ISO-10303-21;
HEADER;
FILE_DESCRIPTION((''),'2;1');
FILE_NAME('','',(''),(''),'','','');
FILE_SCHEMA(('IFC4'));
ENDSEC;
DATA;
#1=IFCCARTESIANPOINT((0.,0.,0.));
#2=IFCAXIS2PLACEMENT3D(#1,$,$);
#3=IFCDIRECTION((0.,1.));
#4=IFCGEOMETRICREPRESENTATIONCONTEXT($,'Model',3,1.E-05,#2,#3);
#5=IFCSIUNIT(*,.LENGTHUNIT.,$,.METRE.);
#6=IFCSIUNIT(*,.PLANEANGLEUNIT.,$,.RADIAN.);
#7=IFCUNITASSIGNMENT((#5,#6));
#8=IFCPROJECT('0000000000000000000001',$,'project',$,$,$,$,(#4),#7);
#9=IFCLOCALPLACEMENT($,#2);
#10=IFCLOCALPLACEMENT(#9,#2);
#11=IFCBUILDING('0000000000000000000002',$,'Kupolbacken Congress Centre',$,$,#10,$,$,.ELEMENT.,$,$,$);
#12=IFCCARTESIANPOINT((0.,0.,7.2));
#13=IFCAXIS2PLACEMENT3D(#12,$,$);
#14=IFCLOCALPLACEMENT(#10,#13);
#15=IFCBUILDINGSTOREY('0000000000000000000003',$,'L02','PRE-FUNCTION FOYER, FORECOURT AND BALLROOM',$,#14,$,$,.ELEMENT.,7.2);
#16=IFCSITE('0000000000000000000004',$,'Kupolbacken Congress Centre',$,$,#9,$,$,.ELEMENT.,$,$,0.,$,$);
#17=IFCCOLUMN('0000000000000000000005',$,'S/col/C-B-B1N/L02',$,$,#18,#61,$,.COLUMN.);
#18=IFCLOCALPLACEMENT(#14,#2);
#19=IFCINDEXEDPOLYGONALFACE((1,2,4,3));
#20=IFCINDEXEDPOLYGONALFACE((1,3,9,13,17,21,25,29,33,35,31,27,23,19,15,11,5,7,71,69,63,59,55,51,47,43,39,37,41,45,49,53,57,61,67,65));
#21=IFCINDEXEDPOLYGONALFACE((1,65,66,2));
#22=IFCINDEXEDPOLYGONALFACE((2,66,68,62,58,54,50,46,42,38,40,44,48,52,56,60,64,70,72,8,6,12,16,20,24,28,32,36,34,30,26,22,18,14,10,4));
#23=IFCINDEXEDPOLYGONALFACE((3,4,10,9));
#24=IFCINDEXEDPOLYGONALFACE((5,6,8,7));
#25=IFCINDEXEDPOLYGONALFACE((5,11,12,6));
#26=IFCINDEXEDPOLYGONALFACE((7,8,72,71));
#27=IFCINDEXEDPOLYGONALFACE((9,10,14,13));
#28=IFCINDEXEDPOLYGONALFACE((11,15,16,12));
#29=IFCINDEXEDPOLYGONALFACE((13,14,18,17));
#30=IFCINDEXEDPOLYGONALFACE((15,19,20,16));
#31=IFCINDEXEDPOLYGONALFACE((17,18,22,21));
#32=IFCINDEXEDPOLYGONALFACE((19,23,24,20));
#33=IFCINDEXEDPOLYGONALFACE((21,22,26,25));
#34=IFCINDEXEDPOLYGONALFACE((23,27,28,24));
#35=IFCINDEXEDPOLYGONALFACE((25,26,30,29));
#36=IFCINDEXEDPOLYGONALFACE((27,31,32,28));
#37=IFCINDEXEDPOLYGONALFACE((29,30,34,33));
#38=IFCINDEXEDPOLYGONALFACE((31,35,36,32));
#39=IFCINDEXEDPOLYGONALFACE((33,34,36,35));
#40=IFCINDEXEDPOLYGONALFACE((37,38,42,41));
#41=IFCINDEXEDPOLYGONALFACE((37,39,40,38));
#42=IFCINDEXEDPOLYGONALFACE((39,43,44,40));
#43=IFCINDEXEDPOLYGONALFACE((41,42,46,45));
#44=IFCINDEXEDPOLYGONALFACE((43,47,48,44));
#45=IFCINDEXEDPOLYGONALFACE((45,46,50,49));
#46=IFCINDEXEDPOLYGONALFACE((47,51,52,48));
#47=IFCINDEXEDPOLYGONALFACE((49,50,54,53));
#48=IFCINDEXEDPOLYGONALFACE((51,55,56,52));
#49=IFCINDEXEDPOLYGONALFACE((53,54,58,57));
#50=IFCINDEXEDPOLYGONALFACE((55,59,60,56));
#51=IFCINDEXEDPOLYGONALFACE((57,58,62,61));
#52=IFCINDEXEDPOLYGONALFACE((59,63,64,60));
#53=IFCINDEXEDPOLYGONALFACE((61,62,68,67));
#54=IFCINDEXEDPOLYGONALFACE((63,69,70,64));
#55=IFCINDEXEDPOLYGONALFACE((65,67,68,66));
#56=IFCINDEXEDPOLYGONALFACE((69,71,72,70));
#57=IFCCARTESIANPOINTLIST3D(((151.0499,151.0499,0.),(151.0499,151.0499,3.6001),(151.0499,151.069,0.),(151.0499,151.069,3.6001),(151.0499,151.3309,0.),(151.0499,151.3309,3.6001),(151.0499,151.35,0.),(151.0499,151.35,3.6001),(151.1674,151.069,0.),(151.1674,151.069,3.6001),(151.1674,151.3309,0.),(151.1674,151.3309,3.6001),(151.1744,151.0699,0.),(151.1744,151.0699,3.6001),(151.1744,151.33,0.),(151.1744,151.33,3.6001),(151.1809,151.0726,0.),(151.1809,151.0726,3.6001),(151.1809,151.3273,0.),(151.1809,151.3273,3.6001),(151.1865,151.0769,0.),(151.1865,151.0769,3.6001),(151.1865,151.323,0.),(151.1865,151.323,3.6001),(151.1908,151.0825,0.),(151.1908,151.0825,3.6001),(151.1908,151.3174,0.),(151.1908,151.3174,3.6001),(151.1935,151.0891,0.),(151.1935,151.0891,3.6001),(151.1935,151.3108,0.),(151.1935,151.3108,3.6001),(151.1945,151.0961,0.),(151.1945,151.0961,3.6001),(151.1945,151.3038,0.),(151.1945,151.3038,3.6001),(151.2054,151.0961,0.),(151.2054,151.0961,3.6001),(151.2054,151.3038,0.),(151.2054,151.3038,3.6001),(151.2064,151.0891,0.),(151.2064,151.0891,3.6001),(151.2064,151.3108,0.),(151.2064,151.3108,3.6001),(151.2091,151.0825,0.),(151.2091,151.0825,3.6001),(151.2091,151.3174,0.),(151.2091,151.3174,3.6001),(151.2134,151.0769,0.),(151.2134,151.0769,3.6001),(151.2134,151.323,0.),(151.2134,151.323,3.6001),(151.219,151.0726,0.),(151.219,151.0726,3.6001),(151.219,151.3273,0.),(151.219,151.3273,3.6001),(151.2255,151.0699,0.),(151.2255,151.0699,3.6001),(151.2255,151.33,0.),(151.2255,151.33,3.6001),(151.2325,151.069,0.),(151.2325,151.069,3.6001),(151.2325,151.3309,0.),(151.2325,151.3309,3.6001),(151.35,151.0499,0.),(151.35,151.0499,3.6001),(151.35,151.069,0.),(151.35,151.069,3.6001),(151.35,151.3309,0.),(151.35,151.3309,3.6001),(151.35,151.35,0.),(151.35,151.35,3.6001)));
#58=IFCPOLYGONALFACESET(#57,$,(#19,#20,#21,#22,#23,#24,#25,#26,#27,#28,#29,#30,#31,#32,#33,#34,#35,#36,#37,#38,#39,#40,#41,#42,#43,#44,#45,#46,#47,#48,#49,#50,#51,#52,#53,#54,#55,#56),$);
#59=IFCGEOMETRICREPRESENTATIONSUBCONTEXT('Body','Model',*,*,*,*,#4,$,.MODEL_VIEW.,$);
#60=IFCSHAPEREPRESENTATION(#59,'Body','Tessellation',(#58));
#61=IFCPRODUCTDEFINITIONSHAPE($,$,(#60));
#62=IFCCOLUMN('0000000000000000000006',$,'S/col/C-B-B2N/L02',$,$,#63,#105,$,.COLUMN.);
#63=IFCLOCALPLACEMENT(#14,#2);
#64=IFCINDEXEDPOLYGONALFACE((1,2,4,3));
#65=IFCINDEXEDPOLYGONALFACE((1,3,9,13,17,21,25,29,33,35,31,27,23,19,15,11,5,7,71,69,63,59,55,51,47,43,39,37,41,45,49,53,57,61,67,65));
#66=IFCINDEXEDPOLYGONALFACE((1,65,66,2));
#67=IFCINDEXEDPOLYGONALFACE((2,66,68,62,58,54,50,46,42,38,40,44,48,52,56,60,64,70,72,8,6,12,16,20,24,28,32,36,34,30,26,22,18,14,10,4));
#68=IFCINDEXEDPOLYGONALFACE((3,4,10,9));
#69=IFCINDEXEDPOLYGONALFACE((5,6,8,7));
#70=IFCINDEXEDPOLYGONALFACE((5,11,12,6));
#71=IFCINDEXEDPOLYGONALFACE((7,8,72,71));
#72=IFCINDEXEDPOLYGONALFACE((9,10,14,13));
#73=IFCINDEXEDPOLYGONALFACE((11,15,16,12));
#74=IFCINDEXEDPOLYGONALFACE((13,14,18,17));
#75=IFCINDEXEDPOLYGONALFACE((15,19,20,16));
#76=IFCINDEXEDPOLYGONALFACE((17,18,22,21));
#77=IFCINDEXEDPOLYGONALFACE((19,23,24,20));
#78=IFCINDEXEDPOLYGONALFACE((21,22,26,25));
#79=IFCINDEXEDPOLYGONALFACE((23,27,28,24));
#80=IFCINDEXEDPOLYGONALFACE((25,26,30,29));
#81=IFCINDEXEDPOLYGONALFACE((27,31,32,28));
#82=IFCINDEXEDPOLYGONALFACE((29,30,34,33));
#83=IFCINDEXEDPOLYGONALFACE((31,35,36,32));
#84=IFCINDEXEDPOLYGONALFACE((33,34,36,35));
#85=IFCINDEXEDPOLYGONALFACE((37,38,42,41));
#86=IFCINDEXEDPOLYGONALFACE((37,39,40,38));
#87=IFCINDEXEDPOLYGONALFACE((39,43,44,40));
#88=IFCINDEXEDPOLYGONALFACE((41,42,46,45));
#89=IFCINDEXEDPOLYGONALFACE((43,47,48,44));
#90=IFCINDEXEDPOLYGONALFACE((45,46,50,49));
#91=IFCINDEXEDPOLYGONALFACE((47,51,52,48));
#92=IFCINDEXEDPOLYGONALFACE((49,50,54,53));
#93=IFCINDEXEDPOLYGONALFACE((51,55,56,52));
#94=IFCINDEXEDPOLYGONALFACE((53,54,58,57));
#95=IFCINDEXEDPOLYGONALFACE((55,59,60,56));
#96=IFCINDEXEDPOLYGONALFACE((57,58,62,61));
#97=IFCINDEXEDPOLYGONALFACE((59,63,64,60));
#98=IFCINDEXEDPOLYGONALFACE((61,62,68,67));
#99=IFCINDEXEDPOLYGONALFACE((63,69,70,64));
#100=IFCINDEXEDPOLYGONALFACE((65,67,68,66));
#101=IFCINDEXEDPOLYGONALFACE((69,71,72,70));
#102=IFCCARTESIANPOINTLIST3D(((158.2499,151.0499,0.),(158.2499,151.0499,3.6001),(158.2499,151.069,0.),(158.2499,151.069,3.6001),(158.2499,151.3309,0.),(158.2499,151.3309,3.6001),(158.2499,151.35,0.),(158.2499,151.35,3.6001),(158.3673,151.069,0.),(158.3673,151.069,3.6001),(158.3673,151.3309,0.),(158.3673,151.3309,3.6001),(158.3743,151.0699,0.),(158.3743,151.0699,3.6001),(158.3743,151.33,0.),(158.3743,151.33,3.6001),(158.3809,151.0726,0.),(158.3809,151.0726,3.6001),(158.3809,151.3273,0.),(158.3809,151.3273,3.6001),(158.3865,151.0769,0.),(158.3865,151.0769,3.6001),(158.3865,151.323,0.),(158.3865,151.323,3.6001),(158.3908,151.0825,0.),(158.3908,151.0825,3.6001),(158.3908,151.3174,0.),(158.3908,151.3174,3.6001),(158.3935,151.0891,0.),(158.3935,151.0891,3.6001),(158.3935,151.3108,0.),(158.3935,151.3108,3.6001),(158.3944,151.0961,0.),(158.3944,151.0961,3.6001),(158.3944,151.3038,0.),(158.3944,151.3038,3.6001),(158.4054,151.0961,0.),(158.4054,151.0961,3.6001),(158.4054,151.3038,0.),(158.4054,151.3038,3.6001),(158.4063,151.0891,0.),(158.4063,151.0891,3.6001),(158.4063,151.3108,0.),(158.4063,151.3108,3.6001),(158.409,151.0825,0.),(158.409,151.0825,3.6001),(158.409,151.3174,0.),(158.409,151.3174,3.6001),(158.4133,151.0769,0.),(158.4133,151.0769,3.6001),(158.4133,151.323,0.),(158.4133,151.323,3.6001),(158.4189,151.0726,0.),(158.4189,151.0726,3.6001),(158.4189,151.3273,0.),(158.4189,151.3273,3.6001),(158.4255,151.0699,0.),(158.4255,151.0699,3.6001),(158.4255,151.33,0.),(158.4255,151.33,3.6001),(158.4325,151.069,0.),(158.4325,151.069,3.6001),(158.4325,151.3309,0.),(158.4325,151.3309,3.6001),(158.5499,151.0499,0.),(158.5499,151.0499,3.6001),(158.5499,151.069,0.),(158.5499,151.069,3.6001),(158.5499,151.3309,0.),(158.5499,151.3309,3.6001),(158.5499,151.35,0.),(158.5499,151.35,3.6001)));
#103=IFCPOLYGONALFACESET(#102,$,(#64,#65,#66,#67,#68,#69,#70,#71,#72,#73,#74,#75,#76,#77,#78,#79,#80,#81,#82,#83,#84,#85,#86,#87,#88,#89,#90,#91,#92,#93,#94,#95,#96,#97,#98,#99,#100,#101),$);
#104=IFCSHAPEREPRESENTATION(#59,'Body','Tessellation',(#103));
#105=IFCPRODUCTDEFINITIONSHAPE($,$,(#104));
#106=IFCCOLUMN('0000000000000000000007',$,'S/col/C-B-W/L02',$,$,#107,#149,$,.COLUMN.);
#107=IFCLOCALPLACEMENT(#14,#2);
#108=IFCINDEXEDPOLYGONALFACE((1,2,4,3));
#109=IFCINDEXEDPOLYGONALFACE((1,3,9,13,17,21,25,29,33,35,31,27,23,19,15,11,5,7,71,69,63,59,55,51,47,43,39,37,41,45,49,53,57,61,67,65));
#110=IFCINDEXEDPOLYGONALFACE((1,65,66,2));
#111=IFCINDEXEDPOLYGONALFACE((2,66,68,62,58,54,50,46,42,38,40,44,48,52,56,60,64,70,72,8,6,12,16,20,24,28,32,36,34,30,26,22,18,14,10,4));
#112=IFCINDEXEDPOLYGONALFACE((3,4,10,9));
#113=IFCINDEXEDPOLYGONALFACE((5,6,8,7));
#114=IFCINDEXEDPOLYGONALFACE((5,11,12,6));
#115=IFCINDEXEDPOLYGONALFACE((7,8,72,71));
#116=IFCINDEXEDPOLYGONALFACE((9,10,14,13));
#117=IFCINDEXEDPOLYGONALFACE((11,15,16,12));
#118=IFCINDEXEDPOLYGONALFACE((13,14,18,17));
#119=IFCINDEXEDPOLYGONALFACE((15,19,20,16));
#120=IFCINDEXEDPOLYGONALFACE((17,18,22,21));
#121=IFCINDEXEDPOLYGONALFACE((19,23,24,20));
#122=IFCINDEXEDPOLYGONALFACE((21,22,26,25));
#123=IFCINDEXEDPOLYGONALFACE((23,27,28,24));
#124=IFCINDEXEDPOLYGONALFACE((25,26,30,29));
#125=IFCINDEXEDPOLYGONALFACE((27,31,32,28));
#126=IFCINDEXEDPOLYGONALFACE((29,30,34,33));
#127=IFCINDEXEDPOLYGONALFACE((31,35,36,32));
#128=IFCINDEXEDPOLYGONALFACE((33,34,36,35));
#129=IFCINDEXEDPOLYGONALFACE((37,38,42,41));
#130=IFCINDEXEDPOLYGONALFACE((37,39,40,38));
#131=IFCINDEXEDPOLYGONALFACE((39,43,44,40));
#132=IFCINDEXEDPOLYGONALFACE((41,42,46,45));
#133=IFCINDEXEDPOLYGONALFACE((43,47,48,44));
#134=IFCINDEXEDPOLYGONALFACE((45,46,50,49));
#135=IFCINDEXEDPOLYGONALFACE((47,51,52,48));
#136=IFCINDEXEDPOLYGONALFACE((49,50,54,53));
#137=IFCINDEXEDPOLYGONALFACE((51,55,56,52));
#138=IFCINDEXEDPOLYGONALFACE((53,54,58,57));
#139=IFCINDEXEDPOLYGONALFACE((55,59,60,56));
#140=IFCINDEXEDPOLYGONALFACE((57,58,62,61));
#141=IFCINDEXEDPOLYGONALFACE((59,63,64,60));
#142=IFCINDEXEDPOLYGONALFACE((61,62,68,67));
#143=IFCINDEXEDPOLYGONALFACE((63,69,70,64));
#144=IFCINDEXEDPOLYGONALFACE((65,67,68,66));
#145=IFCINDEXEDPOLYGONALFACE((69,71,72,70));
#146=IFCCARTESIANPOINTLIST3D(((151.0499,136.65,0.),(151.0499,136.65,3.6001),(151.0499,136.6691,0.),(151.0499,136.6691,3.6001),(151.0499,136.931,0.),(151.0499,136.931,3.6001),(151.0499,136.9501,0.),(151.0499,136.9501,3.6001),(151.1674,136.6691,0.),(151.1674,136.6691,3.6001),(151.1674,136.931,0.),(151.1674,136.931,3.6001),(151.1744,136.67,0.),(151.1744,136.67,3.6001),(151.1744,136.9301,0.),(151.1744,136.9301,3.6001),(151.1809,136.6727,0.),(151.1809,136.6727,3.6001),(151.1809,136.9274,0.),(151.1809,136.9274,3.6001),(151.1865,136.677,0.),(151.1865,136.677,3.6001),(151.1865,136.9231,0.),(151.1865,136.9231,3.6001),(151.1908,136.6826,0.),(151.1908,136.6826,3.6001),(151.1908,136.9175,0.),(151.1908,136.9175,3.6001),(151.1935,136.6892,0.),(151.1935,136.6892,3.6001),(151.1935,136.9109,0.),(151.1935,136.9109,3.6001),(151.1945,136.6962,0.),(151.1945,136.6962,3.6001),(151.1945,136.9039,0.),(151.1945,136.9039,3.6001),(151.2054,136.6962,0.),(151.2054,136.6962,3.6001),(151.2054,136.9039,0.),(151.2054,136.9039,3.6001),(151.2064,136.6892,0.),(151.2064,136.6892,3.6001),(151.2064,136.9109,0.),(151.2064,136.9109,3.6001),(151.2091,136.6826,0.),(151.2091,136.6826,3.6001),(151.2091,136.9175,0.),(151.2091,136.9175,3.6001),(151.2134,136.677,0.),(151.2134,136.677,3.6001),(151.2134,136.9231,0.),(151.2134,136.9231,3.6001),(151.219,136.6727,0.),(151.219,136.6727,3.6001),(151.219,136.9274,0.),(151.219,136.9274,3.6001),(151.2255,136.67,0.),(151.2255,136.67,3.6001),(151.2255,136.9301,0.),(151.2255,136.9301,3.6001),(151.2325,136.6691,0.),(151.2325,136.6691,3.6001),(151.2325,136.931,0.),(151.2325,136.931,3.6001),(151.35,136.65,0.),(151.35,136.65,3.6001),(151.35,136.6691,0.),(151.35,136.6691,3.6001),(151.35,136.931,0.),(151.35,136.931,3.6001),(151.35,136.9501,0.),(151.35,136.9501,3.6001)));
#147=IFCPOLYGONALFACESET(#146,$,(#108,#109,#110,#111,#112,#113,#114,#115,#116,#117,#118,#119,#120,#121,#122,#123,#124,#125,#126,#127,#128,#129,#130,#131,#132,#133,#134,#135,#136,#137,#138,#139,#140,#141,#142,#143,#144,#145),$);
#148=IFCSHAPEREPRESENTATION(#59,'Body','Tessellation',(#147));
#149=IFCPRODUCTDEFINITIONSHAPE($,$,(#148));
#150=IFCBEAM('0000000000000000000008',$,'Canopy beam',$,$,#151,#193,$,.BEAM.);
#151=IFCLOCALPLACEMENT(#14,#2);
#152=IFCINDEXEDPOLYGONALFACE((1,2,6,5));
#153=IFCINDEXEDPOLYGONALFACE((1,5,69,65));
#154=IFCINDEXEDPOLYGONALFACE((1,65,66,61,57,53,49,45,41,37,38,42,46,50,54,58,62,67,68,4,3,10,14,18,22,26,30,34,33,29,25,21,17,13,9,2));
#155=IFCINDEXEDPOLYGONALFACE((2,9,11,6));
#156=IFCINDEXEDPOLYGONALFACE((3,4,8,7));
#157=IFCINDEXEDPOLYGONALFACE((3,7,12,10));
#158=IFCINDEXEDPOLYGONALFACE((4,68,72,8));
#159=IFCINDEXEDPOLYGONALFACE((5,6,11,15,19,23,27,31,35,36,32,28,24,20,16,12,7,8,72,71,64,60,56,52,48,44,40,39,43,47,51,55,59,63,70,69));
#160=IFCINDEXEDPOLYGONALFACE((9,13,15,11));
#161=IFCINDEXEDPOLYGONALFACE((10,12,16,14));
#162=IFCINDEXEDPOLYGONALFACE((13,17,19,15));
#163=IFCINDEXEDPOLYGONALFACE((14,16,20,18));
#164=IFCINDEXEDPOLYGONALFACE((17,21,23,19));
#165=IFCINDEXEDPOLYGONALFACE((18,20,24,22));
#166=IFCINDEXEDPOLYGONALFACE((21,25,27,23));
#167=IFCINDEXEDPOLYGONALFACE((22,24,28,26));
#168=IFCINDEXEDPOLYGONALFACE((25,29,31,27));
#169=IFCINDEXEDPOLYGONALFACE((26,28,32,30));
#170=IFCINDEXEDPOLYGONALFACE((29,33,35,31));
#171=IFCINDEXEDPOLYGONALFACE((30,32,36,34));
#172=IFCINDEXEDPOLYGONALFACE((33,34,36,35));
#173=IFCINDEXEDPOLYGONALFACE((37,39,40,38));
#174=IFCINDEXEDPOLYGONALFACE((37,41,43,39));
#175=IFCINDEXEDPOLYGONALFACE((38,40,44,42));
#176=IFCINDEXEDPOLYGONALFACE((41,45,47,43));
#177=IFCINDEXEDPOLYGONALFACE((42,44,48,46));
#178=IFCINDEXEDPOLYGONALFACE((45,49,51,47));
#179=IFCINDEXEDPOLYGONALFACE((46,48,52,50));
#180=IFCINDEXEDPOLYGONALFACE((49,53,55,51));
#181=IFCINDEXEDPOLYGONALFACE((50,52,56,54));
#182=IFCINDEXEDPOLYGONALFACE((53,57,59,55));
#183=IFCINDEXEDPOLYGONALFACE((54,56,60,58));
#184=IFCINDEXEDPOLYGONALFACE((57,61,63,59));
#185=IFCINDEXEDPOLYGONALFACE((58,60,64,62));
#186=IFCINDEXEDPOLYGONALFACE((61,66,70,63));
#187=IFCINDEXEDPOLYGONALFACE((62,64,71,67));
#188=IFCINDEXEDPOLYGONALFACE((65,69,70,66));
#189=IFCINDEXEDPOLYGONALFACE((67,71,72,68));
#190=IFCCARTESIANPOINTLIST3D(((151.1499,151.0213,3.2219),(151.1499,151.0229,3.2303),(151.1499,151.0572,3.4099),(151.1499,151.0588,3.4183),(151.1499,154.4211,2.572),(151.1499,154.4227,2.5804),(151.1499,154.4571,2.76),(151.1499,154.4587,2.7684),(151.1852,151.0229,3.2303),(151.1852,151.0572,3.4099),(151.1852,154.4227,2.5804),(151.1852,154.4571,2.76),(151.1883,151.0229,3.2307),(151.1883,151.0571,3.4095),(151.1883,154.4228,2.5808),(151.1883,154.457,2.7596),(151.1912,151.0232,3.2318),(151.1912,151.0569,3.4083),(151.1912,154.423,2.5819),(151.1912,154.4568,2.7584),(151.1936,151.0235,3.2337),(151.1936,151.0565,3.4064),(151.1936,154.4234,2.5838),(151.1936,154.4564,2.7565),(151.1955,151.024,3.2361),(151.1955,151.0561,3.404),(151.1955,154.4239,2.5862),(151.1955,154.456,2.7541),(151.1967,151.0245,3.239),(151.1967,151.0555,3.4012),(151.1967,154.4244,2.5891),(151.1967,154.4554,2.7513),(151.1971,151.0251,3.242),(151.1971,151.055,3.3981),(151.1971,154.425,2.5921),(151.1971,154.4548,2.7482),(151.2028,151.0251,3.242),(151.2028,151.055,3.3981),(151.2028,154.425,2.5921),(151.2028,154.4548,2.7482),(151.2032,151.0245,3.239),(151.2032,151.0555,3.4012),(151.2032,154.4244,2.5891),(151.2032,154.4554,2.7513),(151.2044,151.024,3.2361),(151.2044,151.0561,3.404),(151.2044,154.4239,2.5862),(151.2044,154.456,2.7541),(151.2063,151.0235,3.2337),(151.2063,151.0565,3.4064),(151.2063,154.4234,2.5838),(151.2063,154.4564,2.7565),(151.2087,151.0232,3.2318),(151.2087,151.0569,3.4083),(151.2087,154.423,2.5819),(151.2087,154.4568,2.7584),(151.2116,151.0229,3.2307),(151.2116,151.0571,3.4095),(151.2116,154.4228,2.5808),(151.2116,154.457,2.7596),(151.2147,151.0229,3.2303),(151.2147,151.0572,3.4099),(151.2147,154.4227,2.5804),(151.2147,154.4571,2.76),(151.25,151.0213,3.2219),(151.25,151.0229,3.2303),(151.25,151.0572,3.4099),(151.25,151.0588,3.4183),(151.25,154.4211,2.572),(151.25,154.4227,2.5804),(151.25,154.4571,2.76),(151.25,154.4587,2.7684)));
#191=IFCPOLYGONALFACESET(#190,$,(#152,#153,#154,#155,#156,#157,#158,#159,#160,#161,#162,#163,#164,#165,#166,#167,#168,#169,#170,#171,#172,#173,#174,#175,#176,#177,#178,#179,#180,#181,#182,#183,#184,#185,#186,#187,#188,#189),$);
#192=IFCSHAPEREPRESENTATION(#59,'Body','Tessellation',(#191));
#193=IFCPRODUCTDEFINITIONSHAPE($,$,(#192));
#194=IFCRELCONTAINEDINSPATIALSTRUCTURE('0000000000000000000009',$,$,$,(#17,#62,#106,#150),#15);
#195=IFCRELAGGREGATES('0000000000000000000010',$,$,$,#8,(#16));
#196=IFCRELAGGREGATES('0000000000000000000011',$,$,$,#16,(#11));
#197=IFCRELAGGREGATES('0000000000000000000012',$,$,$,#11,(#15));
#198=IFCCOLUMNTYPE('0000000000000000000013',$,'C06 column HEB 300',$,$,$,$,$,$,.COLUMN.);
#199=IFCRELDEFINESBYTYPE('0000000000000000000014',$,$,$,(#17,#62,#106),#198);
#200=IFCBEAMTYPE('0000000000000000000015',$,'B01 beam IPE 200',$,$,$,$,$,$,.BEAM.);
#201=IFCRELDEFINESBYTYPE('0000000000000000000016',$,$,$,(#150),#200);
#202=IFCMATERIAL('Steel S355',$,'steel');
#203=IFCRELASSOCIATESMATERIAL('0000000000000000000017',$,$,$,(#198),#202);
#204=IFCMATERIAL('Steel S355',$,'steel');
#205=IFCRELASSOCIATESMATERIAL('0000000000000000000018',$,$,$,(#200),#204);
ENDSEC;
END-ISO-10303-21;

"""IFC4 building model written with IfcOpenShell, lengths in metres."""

from ifc_helpers import new_model, si_unit, direction, frame, origin, origin_2d, place, context, subcontext, project, spatial, i_section, extrude, material, material_profile, profile_set, type_object, element, save


model = new_model("IFC4")

# Units and contexts
model_context = context("Model", 3, precision=1e-05, world=origin(), true_north=direction((0.0, 1.0)))
body_context = subcontext(model_context, "Body", "Model", "MODEL_VIEW")
ifc_project = project(units=[si_unit("LENGTHUNIT", "METRE"), si_unit("PLANEANGLEUNIT", "RADIAN")], contexts=[model_context])

# Site, building, storey
site_placement = place(None, origin())
site = spatial("IfcSite", under=ifc_project, at=site_placement, Name="Kupolbacken Congress Centre", CompositionType="ELEMENT", RefElevation=0.0)
building_placement = place(site_placement, origin())
building = spatial("IfcBuilding", under=site, at=building_placement, Name="Kupolbacken Congress Centre", CompositionType="ELEMENT")
storey_placement = place(building_placement, frame((0.0, 0.0, 7.2)))
storey = spatial("IfcBuildingStorey", under=building, at=storey_placement, Name="L02", Description="PRE-FUNCTION FOYER, FORECOURT AND BALLROOM", CompositionType="ELEMENT", Elevation=7.2)

# Columns
ifc_material_1 = material(Name="Steel S355", Category="steel")
ifc_material_profile_1 = material_profile(ifc_material_1, i_section(OverallWidth=0.3, OverallDepth=0.3, WebThickness=0.011, FlangeThickness=0.019, FilletRadius=0.0271, at=origin_2d()), Name="HEB 300")
ifc_profile_set_1 = profile_set([ifc_material_profile_1], Name="Steel S355")
column_type = type_object("IfcColumnType", Name="C06 column HEB 300", PredefinedType="COLUMN", material=ifc_profile_set_1)
for number, where, z_axis, x_axis, name in (
    (1, (151.2, 151.2, 0.0), (0.0, 0.0, 1.0), (1.0, 0.0, 0.0), "S/col/C-B-B1N/L02"),
    (2, (158.3999, 151.2, 0.0), (0.0, 0.0, 1.0), (1.0, 0.0, 0.0), "S/col/C-B-B2N/L02"),
    (3, (151.2, 136.8, 0.0), (0.0, 0.0, 1.0), (1.0, 0.0, 0.0), "S/col/C-B-W/L02"),
):
    element("IfcColumn", number, at=place(storey_placement, frame(where, z_axis=z_axis, x_axis=x_axis)), inside=storey, type_object=column_type, Name=name, PredefinedType="COLUMN", context=body_context, shape_type="SweptSolid", body=[
        extrude(i_section(OverallWidth=0.3, OverallDepth=0.3, WebThickness=0.011, FlangeThickness=0.019, FilletRadius=0.0271, at=origin_2d()), origin(), (0.0, 0.0, 1.0), 3.6001),
    ])

# Beam
ifc_material_2 = material(Name="Steel S355", Category="steel")
ifc_material_profile_2 = material_profile(ifc_material_2, i_section(OverallWidth=0.1001, OverallDepth=0.2, WebThickness=0.0056, FlangeThickness=0.0085, FilletRadius=0.012, at=origin_2d()), Name="IPE 200")
ifc_profile_set_2 = profile_set([ifc_material_profile_2], Name="Steel S355")
beam_type_1 = type_object("IfcBeamType", Name="B01 beam IPE 200", PredefinedType="BEAM", material=ifc_profile_set_2)
beam_1_placement = place(storey_placement, frame((151.2, 151.04, 3.3201), z_axis=(0.0, 0.982216, -0.187754), x_axis=(-1.0, 0.0, 0.0)))
element("IfcBeam", 4, at=beam_1_placement, inside=storey, type_object=beam_type_1, Name="Canopy beam", PredefinedType="BEAM", context=body_context, shape_type="SweptSolid", body=[
    extrude(i_section(OverallWidth=0.1001, OverallDepth=0.2, WebThickness=0.0056, FlangeThickness=0.0085, FilletRadius=0.012, at=origin_2d()), origin(), (0.0, 0.0, 1.0), 3.4614),
])

save(model, "model.ifc")
